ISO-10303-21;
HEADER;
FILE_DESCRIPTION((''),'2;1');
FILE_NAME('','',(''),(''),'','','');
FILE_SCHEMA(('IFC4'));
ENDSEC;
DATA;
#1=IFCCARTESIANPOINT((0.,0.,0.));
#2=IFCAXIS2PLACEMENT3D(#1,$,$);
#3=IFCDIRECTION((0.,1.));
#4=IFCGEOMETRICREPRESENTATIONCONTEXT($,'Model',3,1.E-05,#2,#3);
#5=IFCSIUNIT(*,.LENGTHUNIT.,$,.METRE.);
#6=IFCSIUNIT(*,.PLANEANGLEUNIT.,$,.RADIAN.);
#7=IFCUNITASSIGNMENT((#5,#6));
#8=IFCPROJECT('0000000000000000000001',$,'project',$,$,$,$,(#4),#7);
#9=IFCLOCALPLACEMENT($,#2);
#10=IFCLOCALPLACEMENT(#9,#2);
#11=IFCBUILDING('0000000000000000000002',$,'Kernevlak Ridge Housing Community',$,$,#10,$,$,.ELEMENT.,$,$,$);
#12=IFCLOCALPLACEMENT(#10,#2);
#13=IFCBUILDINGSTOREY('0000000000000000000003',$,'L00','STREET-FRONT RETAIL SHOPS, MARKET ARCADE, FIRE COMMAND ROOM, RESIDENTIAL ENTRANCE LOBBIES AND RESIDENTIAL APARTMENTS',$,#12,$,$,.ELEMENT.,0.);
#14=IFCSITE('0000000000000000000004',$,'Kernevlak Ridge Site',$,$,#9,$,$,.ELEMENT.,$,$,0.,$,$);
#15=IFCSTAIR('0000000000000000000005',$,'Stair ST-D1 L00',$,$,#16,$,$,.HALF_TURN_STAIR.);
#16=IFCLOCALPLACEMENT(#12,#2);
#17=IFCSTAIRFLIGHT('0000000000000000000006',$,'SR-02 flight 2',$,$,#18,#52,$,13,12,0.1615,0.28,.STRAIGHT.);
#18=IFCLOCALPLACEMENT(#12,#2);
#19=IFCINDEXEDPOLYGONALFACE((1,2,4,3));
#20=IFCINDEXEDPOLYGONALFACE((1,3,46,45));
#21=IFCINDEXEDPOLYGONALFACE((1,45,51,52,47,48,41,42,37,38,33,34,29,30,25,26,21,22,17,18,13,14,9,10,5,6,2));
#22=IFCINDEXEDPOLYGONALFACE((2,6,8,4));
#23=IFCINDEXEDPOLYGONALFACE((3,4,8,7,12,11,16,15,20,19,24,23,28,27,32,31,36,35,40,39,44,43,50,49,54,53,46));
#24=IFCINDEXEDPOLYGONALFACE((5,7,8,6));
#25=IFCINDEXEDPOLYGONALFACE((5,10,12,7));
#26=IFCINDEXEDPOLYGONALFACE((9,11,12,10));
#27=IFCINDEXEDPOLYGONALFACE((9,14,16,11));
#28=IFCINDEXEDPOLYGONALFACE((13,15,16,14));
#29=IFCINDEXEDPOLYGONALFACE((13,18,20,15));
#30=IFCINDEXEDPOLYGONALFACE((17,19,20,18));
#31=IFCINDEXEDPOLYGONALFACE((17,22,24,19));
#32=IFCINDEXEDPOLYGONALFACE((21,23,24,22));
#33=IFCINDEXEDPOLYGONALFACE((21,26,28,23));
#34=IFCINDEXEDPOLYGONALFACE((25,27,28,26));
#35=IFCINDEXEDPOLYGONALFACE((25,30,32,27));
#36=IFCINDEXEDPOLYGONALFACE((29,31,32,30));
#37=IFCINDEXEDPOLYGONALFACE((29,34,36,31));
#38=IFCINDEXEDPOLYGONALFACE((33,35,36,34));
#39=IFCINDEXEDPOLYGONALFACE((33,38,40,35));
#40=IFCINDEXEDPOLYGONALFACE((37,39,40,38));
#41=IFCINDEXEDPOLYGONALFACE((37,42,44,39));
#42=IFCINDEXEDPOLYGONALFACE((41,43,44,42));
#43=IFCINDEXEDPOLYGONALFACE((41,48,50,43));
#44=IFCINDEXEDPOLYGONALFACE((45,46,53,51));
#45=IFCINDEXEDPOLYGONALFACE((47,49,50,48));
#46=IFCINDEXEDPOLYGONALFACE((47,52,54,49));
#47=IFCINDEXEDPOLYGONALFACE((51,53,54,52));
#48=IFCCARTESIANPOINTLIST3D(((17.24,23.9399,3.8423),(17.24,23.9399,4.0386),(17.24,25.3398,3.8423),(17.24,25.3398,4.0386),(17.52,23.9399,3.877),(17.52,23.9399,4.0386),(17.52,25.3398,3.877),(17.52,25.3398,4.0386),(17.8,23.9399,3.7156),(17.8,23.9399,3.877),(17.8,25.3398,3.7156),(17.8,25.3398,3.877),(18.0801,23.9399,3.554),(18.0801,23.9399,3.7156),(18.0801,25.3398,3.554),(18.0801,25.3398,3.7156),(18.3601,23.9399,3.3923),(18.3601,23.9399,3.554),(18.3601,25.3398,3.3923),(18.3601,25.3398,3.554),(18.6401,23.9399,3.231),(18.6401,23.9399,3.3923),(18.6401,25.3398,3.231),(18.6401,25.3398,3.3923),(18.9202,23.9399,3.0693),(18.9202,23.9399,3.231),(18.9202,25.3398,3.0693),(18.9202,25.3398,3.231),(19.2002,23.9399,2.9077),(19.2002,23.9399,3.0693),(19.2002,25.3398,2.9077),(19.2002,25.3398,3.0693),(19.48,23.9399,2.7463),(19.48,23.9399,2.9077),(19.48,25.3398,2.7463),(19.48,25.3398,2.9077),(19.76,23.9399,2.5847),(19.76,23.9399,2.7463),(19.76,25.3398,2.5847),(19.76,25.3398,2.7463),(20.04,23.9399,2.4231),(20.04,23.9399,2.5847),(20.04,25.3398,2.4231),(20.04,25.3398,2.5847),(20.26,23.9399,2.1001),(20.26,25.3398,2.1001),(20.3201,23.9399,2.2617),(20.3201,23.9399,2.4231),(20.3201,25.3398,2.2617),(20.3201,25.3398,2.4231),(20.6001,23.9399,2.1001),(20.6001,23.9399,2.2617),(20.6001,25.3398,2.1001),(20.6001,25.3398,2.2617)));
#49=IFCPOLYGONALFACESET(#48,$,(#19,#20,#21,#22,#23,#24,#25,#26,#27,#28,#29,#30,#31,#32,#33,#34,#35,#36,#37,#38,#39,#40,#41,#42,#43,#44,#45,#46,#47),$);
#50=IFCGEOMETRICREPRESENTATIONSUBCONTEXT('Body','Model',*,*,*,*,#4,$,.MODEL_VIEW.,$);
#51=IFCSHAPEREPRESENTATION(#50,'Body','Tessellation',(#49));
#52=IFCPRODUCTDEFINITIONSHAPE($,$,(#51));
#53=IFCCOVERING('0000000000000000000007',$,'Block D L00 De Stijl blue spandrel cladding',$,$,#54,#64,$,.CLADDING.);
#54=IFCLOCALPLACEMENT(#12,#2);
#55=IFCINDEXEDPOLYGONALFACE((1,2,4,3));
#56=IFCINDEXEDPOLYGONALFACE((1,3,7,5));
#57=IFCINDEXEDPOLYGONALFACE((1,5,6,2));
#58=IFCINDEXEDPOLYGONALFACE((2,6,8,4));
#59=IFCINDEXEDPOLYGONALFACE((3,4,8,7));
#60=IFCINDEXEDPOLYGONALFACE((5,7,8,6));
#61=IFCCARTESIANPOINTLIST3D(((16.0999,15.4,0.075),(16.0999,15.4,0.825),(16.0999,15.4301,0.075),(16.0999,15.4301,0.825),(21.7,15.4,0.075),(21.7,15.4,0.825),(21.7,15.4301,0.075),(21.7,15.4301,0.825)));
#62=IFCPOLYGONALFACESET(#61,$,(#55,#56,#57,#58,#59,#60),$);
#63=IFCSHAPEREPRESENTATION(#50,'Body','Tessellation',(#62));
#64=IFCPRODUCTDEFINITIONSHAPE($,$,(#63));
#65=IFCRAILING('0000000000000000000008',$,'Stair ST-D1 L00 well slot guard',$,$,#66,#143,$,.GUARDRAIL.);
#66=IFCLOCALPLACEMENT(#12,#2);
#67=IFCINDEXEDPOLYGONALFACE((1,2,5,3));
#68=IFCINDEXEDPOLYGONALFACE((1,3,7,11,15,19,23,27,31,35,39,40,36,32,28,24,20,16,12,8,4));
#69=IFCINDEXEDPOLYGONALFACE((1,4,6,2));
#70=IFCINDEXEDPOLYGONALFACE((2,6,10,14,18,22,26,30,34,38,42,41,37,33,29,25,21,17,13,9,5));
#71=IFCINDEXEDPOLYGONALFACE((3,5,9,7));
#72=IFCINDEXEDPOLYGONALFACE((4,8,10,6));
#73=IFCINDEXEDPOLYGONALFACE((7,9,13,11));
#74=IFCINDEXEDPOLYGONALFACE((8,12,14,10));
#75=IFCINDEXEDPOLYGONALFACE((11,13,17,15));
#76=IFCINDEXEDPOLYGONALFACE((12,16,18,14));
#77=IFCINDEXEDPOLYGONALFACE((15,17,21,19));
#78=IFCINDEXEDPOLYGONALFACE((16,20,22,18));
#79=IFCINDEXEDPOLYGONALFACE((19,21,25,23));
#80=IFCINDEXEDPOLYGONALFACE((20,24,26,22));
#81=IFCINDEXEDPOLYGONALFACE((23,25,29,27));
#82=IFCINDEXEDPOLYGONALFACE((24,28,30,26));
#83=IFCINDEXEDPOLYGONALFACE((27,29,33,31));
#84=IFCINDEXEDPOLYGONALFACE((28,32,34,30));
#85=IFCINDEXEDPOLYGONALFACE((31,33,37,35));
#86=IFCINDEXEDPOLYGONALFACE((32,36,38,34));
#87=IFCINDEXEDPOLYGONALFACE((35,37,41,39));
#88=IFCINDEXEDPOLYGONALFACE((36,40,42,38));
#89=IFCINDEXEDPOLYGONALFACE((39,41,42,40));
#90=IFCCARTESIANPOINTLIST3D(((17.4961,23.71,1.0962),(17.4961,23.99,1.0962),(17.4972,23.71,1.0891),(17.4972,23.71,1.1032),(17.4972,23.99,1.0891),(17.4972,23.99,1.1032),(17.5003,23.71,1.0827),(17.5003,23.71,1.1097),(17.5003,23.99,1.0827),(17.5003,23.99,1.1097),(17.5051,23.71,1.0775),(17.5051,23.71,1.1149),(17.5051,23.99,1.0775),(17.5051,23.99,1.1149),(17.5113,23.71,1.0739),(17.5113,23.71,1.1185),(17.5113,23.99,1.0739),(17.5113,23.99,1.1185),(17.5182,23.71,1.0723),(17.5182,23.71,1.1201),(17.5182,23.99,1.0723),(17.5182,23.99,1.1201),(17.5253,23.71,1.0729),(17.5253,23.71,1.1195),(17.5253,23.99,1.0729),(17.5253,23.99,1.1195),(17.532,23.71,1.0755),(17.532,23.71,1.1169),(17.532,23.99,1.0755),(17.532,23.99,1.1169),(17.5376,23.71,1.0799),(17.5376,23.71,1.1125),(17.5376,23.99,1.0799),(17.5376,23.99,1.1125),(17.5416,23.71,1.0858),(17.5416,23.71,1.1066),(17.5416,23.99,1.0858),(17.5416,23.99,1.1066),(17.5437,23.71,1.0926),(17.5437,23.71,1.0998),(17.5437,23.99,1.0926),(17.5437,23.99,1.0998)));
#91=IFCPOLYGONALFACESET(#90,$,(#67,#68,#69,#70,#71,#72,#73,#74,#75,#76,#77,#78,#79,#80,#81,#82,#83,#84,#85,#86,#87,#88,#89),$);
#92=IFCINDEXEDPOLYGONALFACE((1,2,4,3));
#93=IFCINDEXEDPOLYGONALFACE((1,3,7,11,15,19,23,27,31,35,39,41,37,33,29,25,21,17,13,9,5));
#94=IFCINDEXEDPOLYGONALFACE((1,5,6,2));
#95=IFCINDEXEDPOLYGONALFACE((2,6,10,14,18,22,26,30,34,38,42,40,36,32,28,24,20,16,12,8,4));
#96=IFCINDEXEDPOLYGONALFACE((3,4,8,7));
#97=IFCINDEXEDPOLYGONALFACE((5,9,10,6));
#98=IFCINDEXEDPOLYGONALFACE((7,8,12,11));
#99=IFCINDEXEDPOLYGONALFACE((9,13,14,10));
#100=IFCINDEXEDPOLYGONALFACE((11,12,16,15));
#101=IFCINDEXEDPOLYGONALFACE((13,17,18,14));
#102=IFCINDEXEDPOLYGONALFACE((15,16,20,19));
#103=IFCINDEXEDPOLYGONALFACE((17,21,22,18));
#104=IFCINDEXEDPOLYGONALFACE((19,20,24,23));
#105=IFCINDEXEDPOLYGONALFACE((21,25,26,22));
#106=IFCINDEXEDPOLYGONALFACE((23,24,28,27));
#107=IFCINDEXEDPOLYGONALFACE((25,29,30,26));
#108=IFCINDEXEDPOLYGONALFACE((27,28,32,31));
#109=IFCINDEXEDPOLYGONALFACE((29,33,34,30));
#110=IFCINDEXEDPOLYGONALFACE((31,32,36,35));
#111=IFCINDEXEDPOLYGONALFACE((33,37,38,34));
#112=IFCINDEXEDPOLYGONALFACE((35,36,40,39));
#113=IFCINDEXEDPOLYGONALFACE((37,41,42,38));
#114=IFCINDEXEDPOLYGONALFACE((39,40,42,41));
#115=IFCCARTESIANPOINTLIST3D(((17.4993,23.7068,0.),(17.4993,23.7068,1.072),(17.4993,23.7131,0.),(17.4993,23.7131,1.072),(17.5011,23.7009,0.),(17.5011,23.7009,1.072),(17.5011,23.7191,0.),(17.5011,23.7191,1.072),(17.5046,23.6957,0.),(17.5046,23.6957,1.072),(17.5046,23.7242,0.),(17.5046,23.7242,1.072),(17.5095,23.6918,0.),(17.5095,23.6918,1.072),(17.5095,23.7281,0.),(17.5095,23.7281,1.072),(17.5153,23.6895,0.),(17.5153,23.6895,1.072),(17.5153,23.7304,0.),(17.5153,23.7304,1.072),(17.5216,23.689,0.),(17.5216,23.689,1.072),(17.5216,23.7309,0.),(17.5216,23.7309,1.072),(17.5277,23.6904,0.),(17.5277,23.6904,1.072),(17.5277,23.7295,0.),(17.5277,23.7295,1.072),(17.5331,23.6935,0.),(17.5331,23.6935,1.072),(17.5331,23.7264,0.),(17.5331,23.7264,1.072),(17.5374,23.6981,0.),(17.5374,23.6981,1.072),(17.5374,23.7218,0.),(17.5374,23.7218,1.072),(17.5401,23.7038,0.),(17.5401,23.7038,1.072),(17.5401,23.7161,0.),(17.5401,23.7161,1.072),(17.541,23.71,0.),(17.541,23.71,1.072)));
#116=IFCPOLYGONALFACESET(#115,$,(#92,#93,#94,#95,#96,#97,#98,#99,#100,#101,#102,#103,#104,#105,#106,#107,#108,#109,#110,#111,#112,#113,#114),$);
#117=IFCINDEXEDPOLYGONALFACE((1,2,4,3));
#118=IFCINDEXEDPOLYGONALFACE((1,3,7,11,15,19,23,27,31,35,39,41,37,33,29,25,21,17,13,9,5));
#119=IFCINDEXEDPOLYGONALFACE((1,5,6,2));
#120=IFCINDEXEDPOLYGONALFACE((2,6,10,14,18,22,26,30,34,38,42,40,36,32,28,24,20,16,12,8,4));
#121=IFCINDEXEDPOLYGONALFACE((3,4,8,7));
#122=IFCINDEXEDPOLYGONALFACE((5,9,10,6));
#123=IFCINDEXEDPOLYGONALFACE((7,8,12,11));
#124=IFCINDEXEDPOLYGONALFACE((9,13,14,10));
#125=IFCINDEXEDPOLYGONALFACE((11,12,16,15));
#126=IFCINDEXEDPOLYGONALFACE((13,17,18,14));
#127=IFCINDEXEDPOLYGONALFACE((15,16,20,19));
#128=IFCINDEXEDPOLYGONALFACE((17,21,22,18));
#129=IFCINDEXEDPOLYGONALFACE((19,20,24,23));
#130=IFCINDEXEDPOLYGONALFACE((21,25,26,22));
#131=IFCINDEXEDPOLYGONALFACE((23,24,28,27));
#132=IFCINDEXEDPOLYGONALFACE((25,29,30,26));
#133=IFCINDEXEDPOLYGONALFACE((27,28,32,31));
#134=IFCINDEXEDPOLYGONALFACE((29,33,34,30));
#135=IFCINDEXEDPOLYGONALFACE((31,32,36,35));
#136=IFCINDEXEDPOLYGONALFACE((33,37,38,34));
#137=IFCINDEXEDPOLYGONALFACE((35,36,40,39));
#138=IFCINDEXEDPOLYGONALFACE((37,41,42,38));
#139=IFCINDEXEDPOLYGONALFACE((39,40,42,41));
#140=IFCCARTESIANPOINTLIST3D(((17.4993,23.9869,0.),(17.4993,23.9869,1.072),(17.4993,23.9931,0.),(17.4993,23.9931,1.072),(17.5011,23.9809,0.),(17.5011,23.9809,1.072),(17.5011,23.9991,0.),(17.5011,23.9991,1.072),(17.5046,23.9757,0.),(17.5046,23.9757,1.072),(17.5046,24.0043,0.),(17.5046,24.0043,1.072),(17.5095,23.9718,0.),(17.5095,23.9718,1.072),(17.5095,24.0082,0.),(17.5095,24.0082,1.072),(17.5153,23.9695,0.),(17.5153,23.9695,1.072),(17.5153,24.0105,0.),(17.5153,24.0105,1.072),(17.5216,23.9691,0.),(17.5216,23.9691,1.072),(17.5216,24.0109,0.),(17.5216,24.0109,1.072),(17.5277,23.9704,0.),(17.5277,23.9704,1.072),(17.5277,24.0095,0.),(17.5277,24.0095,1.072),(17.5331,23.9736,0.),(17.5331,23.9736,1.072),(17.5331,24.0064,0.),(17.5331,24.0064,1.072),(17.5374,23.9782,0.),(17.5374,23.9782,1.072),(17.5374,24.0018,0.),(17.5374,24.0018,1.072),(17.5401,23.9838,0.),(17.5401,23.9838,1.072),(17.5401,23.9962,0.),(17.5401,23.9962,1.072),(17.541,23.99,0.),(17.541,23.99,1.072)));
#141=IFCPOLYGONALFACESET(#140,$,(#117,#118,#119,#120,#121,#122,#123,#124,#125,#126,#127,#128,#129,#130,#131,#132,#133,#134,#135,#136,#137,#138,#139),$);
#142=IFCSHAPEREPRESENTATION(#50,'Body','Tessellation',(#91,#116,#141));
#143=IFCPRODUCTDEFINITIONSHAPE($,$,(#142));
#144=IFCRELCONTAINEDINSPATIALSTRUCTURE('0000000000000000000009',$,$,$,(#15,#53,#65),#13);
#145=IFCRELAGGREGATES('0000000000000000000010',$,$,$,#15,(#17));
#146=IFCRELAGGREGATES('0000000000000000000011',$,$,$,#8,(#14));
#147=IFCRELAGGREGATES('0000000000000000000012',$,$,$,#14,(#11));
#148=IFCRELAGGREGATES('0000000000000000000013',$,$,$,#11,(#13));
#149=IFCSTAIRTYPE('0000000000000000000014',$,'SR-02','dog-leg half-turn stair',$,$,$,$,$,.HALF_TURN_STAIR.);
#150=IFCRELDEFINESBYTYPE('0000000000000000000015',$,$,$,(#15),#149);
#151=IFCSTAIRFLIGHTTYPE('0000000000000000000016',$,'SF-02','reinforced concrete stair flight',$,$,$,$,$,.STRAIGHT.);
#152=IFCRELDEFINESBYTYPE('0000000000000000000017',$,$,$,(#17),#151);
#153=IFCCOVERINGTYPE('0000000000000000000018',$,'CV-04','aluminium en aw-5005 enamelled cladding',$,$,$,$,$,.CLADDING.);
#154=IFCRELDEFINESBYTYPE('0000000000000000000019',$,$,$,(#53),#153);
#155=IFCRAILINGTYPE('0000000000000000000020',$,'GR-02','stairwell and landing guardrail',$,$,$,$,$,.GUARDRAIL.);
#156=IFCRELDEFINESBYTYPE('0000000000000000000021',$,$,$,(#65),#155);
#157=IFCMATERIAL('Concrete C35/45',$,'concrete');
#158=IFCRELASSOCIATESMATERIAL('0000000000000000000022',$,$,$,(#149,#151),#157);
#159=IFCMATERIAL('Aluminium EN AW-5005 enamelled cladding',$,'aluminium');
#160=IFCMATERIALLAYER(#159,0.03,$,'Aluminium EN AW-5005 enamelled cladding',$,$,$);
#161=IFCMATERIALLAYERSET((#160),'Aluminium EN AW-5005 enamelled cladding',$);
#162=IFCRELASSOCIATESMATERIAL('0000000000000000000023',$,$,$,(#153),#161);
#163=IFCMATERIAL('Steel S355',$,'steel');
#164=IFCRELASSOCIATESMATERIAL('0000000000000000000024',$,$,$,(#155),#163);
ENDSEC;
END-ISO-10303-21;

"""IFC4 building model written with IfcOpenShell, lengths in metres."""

from ifc_helpers import new_model, si_unit, direction, frame, origin, origin_2d, place, context, subcontext, project, spatial, polyline, rectangle, circle, outline, extrude, material, layer, layer_set, type_object, element, aggregate, save


model = new_model("IFC4")

# Units and contexts
model_context = context("Model", 3, precision=1e-05, world=origin(), true_north=direction((0.0, 1.0)))
body_context = subcontext(model_context, "Body", "Model", "MODEL_VIEW")
ifc_project = project(units=[si_unit("LENGTHUNIT", "METRE"), si_unit("PLANEANGLEUNIT", "RADIAN")], contexts=[model_context])

# Site, building, storey
site_placement = place(None, origin())
site = spatial("IfcSite", under=ifc_project, at=site_placement, Name="Kernevlak Ridge Site", CompositionType="ELEMENT", RefElevation=0.0)
building_placement = place(site_placement, origin())
building = spatial("IfcBuilding", under=site, at=building_placement, Name="Kernevlak Ridge Housing Community", CompositionType="ELEMENT")
storey_placement = place(building_placement, origin())
storey = spatial("IfcBuildingStorey", under=building, at=storey_placement, Name="L00", Description="STREET-FRONT RETAIL SHOPS, MARKET ARCADE, FIRE COMMAND ROOM, RESIDENTIAL ENTRANCE LOBBIES AND RESIDENTIAL APARTMENTS", CompositionType="ELEMENT", Elevation=0.0)

# Shared definitions
ifc_material_1 = material(Name="Concrete C35/45", Category="concrete")

# Stair, stair flight
stair_type = type_object("IfcStairType", Name="SR-02", Description="dog-leg half-turn stair", PredefinedType="HALF_TURN_STAIR", material=ifc_material_1)
stair_placement = place(storey_placement, origin())
stair = element("IfcStair", 1, at=stair_placement, inside=storey, type_object=stair_type, Name="Stair ST-D1 L00", PredefinedType="HALF_TURN_STAIR")
stair_flight_type = type_object("IfcStairFlightType", Name="SF-02", Description="reinforced concrete stair flight", PredefinedType="STRAIGHT", material=ifc_material_1)
stair_flight_1_placement = place(storey_placement, frame((20.6001, 24.6399, 2.1001), z_axis=(0.0, 0.0, 1.0), x_axis=(-1.0, 0.0, 0.0)))
stair_flight_1 = element("IfcStairFlight", 2, at=stair_flight_1_placement, type_object=stair_flight_type, Name="SR-02 flight 2", NumberOfRisers=13, NumberOfTreads=12, PredefinedType="STRAIGHT", RiserHeight=0.1615, TreadLength=0.28, context=body_context, shape_type="SweptSolid", body=[
    extrude(outline(polyline([(0.0, 0.0), (0.0, 0.1616), (0.28, 0.1616), (0.28, 0.323), (0.5601, 0.323), (0.5601, 0.4846), (0.8401, 0.4846), (0.8401, 0.6462), (1.1201, 0.6462), (1.1201, 0.8076), (1.3999, 0.8076), (1.3999, 0.9692), (1.6799, 0.9692), (1.6799, 1.1309), (1.96, 1.1309), (1.96, 1.2922), (2.24, 1.2922), (2.24, 1.4539), (2.52, 1.4539), (2.52, 1.6155), (2.8, 1.6155), (2.8, 1.7769), (3.0801, 1.7769), (3.0801, 1.9385), (3.3601, 1.9385), (3.3601, 2.1001), (3.3601, 1.7422), (0.3401, 0.0), (0.0, 0.0)])), frame((0.0, 0.7, 0.0), z_axis=(0.0, -1.0, 0.0), x_axis=(1.0, 0.0, 0.0)), (0.0, 0.0, 1.0), 1.3999),
])
aggregate(stair, [stair_flight_1])

# Covering
ifc_material_2 = material(Name="Aluminium EN AW-5005 enamelled cladding", Category="aluminium")
ifc_layer_1 = layer(ifc_material_2, 0.03, Name="Aluminium EN AW-5005 enamelled cladding")
ifc_layer_set_1 = layer_set([ifc_layer_1], Name="Aluminium EN AW-5005 enamelled cladding")
covering_type = type_object("IfcCoveringType", Name="CV-04", Description="aluminium en aw-5005 enamelled cladding", PredefinedType="CLADDING", material=ifc_layer_set_1)
covering_placement = place(storey_placement, frame((18.8999, 15.415, 0.075), z_axis=(0.0, 0.0, 1.0), x_axis=(1.0, 0.0, 0.0)))
element("IfcCovering", 3, at=covering_placement, inside=storey, type_object=covering_type, Name="Block D L00 De Stijl blue spandrel cladding", PredefinedType="CLADDING", context=body_context, shape_type="SweptSolid", body=[
    extrude(rectangle(XDim=5.6001, YDim=0.03, at=origin_2d()), origin(), (0.0, 0.0, 1.0), 0.75),
])

# Railing
ifc_material_3 = material(Name="Steel S355", Category="steel")
railing_type_1 = type_object("IfcRailingType", Name="GR-02", Description="stairwell and landing guardrail", PredefinedType="GUARDRAIL", material=ifc_material_3)
railing_1_placement = place(storey_placement, frame((17.52, 23.71, 0.0)))
element("IfcRailing", 4, at=railing_1_placement, inside=storey, type_object=railing_type_1, Name="Stair ST-D1 L00 well slot guard", PredefinedType="GUARDRAIL", context=body_context, shape_type="SweptSolid", body=[
    extrude(circle(Radius=0.0239, at=origin_2d()), frame((0.0, 0.0, 1.0962), z_axis=(0.0, 1.0, 0.0), x_axis=(-1.0, 0.0, 0.0)), (0.0, 0.0, 1.0), 0.28),
    extrude(circle(Radius=0.021, at=origin_2d()), origin(), (0.0, 0.0, 1.0), 1.072),
    extrude(circle(Radius=0.021, at=origin_2d()), frame((0.0, 0.28, 0.0)), (0.0, 0.0, 1.0), 1.072),
])

save(model, "model.ifc")
